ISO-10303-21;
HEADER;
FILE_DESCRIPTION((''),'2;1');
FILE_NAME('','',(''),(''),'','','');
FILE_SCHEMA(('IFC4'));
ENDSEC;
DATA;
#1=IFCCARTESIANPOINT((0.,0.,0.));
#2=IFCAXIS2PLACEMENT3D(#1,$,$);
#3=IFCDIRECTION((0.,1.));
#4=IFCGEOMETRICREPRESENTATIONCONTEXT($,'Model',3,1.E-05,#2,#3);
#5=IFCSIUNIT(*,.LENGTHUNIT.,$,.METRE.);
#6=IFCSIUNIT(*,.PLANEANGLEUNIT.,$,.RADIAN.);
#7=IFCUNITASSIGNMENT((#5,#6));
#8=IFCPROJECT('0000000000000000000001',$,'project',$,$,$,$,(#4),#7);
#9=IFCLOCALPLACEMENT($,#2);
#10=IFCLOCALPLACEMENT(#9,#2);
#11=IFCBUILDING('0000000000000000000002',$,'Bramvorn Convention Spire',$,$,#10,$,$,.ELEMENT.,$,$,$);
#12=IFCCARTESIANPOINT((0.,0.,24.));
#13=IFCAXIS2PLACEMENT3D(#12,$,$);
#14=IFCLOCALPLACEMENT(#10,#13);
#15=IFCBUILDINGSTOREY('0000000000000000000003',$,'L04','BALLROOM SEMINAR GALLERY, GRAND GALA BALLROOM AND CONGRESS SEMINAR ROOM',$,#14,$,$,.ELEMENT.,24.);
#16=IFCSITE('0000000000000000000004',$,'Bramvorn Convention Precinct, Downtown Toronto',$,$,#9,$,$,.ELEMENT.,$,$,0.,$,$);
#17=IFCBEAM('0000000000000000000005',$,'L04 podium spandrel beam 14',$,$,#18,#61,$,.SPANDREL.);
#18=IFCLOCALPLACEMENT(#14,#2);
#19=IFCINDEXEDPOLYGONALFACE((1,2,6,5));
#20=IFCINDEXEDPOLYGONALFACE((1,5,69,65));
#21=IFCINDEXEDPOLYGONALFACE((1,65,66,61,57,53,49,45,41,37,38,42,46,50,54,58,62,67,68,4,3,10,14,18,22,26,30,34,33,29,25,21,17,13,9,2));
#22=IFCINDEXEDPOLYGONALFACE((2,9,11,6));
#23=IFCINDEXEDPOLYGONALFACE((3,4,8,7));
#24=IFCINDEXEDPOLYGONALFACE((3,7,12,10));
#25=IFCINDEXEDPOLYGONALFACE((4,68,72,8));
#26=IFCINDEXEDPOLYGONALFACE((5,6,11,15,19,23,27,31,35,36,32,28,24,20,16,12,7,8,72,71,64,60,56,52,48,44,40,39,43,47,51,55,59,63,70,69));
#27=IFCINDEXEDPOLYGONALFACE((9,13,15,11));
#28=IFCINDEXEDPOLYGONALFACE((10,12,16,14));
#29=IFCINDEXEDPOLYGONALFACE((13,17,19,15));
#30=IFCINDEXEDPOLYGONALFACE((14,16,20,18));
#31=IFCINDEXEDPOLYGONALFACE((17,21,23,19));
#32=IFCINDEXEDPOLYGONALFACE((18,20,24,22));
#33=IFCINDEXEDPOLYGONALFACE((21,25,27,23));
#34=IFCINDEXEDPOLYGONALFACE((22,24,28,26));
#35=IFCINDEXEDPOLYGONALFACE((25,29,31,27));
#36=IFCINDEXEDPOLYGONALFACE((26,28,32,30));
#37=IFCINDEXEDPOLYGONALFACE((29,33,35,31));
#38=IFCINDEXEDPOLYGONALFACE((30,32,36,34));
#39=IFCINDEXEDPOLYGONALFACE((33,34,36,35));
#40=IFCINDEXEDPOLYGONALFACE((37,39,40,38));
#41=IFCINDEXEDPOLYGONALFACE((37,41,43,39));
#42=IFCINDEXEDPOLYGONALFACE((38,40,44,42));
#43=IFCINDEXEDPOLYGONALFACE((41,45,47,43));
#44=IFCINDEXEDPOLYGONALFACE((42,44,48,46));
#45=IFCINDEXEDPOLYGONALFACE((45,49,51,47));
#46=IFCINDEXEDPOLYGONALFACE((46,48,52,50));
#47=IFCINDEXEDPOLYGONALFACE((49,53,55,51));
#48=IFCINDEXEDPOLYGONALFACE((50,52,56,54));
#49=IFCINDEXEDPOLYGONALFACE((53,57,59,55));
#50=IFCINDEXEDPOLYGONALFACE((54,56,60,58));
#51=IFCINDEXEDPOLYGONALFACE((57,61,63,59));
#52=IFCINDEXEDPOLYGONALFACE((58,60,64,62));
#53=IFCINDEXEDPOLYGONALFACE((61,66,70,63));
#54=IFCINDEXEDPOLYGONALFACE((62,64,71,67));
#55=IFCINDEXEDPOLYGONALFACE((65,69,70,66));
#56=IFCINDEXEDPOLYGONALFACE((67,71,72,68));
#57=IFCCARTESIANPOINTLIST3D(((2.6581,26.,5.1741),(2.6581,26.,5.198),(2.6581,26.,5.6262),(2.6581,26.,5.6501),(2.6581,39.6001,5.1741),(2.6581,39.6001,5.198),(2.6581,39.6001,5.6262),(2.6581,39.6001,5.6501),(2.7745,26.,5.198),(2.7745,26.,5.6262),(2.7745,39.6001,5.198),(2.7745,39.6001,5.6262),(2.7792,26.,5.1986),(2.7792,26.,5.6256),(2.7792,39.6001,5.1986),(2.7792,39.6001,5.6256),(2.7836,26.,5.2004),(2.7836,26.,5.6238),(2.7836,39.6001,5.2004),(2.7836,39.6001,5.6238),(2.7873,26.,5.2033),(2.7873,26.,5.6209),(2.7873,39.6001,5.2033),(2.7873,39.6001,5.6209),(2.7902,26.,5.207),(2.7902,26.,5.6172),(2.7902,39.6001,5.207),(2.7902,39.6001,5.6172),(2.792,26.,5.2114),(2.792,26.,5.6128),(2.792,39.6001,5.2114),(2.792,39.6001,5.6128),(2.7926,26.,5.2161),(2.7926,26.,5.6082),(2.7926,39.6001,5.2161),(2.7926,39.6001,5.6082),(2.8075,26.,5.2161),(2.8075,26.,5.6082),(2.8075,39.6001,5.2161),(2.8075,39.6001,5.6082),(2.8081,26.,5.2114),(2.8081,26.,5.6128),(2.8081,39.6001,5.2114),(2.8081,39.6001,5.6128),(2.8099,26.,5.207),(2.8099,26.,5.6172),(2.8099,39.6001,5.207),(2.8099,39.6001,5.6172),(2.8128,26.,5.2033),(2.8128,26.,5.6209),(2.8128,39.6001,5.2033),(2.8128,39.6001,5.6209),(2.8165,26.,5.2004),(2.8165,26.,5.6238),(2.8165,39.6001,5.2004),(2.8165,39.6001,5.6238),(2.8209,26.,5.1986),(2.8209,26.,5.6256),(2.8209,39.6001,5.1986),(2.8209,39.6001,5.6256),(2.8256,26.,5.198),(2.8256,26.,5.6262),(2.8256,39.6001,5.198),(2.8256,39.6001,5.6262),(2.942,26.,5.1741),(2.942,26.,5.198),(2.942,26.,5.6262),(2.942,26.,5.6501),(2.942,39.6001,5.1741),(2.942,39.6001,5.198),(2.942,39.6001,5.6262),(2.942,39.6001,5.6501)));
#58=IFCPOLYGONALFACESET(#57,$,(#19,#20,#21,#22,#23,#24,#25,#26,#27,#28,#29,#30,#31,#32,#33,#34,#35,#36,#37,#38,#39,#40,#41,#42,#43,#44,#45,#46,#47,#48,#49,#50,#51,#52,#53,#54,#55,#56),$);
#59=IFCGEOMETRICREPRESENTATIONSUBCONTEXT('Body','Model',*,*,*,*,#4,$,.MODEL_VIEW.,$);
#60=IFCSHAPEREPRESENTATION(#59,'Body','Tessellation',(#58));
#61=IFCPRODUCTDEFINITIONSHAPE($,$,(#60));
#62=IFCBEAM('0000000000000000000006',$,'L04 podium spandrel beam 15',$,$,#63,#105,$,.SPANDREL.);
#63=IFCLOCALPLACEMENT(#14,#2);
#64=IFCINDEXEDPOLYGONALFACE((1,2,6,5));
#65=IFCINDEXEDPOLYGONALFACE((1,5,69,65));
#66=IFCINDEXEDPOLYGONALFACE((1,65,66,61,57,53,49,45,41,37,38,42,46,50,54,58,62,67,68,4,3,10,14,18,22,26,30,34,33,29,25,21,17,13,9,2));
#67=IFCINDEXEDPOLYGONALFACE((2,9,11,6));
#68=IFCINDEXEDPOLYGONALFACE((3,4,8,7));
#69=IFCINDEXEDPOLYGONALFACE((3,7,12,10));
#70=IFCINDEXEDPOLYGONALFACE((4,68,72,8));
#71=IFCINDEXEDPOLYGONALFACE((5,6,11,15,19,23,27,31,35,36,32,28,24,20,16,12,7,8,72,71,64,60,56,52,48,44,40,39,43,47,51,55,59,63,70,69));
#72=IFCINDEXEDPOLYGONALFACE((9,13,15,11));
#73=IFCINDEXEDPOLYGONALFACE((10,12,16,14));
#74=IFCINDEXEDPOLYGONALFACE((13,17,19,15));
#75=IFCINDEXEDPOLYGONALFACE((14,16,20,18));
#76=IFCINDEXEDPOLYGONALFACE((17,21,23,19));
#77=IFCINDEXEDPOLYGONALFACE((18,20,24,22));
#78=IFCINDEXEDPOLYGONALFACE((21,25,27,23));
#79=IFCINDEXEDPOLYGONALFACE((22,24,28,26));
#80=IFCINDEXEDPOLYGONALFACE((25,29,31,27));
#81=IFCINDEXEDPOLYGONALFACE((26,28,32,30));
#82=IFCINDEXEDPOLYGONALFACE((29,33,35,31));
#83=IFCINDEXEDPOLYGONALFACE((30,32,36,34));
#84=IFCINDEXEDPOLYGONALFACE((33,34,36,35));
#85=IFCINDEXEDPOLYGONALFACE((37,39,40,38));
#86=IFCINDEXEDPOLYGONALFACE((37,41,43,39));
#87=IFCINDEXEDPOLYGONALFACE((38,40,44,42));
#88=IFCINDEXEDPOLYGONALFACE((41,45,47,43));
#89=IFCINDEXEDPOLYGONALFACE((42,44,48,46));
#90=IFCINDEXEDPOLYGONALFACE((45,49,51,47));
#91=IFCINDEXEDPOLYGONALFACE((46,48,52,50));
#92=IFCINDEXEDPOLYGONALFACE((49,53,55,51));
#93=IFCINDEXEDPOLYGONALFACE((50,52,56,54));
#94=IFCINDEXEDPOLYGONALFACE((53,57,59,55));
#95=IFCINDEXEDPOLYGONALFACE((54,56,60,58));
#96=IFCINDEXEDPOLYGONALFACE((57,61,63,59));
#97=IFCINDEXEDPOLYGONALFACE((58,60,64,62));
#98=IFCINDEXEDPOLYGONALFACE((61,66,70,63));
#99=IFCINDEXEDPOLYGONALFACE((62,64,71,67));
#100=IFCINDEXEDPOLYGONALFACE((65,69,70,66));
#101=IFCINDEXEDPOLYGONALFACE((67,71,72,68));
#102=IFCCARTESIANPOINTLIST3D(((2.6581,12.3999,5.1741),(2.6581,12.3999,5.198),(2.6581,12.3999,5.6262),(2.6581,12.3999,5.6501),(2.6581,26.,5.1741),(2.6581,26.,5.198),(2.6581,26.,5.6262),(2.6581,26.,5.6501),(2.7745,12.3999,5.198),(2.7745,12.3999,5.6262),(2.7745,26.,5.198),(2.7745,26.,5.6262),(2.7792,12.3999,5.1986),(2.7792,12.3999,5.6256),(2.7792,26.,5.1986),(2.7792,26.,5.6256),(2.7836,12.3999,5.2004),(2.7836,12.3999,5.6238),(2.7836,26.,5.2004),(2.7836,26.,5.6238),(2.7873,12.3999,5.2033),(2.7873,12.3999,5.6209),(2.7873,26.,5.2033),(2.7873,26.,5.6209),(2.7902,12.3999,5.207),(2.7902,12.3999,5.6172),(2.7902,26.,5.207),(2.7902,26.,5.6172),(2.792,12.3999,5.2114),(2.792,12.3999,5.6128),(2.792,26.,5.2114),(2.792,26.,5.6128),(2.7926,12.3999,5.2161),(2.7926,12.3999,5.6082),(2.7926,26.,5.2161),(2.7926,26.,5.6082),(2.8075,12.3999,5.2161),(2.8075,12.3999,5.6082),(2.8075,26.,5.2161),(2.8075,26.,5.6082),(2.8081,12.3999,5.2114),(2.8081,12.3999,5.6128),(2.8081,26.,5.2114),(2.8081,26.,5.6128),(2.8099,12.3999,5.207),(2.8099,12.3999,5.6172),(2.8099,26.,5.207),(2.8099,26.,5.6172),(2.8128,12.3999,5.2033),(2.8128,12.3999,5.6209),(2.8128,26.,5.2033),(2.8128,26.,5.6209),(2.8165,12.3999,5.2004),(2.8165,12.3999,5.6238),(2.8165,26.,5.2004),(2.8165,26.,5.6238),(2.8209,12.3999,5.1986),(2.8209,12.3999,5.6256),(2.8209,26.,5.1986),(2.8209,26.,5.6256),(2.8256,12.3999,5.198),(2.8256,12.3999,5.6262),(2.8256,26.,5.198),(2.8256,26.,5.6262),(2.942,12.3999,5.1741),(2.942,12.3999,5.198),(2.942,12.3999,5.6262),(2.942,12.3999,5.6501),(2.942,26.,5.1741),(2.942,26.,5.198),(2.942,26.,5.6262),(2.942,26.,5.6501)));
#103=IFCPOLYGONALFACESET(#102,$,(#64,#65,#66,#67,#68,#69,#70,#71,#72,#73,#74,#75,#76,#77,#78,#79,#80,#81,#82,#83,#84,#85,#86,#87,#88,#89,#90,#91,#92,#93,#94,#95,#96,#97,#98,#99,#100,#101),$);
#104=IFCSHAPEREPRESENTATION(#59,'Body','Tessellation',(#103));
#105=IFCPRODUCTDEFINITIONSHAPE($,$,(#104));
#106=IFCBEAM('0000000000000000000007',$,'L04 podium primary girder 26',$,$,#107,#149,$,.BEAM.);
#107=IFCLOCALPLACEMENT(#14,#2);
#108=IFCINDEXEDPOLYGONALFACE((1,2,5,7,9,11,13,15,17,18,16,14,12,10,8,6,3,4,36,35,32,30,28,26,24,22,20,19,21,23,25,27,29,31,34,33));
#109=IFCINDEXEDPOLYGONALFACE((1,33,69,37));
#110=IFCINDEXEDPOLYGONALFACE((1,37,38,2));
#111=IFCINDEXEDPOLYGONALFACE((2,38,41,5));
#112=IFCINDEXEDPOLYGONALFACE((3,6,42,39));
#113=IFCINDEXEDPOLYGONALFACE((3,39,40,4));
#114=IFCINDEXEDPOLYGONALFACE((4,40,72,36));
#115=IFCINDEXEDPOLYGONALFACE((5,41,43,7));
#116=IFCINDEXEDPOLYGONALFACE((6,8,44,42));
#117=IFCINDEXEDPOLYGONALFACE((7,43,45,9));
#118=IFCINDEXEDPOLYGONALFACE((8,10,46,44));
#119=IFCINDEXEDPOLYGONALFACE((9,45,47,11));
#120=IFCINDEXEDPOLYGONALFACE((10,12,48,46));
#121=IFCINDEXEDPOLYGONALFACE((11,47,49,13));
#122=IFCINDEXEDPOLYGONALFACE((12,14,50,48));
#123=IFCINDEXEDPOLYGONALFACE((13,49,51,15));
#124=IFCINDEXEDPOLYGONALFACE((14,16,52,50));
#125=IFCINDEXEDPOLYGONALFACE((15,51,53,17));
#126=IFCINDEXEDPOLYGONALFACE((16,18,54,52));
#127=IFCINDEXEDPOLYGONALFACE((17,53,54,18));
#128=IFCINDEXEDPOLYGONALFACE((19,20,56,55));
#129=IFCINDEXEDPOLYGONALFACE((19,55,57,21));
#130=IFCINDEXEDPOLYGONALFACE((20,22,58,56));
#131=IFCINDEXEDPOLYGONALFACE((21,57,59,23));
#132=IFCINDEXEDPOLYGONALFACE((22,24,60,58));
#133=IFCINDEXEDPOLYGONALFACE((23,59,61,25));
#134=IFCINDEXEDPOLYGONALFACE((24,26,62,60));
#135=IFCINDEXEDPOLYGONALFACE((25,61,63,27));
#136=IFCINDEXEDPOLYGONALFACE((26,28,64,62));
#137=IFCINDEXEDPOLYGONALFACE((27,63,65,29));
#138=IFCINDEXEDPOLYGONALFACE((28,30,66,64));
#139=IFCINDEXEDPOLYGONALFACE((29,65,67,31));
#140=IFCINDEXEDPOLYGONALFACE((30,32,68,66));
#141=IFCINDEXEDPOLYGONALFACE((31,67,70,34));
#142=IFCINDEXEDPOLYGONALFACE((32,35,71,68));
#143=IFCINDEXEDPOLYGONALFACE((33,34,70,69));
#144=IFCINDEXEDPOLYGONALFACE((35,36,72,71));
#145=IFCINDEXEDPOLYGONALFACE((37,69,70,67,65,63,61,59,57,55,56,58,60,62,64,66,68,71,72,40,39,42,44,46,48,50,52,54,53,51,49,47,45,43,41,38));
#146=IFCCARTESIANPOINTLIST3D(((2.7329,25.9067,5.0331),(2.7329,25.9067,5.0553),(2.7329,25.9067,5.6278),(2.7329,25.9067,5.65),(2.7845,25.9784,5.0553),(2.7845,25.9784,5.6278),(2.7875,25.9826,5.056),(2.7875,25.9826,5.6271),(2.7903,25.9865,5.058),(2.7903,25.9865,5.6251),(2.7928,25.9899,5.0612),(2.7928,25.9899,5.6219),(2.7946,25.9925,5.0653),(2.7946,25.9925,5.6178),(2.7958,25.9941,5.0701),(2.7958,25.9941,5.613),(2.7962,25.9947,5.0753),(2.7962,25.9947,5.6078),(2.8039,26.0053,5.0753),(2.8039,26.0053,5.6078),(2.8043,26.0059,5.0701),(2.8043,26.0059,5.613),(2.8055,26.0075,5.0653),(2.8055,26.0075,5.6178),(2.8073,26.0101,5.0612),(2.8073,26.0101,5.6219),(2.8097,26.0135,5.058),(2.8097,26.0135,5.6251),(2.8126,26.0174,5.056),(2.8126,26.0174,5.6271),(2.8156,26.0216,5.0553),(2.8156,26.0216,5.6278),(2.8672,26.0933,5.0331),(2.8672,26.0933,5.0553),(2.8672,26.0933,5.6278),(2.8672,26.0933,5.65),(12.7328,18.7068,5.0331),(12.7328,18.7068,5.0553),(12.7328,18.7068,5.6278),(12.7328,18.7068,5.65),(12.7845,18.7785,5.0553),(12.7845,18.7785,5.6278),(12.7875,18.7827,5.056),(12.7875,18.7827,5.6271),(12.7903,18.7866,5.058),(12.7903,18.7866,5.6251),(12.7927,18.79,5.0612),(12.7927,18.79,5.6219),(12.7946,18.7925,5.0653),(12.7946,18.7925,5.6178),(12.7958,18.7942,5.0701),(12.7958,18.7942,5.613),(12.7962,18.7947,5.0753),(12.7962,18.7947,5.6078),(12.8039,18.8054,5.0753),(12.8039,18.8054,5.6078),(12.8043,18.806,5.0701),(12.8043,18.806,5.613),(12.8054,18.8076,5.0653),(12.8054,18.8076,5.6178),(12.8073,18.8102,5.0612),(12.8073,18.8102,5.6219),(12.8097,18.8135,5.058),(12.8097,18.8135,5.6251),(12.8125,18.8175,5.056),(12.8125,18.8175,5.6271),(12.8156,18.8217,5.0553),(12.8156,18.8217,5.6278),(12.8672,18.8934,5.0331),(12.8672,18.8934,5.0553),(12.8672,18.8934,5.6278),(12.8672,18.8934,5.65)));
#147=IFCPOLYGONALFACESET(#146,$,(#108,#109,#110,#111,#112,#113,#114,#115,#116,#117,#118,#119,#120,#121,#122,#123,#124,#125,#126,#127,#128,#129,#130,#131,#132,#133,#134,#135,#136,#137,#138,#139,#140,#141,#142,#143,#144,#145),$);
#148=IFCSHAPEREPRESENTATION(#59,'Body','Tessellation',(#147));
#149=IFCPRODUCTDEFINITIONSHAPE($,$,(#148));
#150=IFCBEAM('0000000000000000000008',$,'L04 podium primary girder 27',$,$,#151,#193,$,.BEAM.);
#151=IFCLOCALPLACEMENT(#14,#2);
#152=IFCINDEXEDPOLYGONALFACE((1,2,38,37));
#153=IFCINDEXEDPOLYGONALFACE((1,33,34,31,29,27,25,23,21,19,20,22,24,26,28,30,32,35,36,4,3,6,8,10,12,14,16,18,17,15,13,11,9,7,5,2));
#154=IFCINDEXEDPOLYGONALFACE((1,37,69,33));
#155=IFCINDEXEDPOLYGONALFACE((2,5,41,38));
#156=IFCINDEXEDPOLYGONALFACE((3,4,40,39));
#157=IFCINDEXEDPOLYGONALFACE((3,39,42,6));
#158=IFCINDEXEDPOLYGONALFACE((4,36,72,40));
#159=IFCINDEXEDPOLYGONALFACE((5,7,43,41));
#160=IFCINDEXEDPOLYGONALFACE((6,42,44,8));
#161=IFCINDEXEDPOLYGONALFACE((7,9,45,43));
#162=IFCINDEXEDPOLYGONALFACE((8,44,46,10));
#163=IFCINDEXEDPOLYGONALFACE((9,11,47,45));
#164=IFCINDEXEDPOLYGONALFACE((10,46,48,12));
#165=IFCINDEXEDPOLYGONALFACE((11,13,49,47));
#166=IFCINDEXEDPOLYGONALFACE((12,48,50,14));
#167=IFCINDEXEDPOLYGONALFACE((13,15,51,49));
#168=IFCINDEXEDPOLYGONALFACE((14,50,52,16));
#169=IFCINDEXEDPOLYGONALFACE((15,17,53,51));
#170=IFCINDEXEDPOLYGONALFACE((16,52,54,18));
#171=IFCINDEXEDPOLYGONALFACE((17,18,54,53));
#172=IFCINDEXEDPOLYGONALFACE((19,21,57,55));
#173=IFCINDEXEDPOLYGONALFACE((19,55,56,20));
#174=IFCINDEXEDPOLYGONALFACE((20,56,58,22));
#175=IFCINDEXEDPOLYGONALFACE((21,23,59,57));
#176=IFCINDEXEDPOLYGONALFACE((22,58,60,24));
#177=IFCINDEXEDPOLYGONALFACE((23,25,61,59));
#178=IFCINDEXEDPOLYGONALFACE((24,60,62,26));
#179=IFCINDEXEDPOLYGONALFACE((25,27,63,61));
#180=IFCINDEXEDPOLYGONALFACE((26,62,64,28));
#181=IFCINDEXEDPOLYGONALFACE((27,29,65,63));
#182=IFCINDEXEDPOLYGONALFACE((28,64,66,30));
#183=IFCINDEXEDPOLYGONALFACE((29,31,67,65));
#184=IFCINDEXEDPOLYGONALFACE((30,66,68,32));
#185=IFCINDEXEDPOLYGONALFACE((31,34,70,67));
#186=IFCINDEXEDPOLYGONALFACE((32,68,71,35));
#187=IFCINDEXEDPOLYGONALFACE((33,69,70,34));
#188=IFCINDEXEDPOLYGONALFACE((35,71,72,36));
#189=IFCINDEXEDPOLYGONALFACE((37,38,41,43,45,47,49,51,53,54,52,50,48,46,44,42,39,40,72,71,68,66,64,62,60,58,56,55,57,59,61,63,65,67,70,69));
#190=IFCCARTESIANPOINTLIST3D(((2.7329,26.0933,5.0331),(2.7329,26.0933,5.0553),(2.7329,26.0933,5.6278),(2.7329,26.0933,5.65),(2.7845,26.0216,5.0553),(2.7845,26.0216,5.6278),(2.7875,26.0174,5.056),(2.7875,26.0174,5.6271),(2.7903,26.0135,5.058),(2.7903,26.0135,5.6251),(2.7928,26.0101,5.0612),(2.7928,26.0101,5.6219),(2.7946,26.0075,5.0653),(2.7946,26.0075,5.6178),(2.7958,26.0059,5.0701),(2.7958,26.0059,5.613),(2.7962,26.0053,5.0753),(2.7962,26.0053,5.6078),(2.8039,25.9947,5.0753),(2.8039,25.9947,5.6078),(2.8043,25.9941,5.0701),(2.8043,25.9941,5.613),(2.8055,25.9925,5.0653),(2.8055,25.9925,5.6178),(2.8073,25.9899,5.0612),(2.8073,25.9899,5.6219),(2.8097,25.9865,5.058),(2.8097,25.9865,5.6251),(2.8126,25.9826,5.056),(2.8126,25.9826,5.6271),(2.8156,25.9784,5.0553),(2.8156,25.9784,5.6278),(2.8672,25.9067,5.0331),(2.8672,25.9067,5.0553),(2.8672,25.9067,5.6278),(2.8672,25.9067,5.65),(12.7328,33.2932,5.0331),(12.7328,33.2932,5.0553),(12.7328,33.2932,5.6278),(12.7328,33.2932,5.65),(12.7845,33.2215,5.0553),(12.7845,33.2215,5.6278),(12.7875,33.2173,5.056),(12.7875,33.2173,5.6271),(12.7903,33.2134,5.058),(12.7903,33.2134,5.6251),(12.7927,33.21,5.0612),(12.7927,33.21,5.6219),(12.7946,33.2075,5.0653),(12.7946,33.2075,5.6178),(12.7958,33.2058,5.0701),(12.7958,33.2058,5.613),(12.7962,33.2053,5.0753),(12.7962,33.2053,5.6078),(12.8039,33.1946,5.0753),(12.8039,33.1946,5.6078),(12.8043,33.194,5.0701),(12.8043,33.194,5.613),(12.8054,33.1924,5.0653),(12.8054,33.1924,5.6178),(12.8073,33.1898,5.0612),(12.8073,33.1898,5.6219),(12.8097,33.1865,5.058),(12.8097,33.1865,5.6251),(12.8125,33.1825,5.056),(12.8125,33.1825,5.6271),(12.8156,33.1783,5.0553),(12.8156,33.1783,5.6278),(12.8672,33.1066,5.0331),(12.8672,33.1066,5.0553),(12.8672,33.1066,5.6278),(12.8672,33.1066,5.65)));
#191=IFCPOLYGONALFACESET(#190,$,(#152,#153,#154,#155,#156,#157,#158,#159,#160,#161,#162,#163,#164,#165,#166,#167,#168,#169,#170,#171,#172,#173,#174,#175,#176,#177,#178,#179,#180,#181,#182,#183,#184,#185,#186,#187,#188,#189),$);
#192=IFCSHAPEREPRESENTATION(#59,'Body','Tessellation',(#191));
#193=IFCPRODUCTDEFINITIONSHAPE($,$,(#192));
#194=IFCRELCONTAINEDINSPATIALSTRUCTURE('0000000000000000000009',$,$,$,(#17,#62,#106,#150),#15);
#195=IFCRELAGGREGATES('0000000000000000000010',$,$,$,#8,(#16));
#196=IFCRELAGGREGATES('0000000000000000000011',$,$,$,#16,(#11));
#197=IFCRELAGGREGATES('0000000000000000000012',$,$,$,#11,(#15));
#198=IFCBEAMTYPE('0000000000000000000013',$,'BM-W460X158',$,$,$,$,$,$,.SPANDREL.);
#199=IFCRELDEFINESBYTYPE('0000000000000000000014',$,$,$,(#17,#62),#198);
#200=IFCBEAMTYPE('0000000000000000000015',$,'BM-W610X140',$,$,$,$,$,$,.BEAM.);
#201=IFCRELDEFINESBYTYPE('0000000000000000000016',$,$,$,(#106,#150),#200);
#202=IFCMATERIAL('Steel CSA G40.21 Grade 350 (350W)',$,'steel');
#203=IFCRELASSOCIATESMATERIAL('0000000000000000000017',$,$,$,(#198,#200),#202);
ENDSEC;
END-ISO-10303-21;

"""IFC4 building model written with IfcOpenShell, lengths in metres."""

from ifc_helpers import new_model, si_unit, direction, frame, origin, origin_2d, place, context, subcontext, project, spatial, i_section, extrude, material, material_profile, profile_set, type_object, element, save


model = new_model("IFC4")

# Units and contexts
model_context = context("Model", 3, precision=1e-05, world=origin(), true_north=direction((0.0, 1.0)))
body_context = subcontext(model_context, "Body", "Model", "MODEL_VIEW")
ifc_project = project(units=[si_unit("LENGTHUNIT", "METRE"), si_unit("PLANEANGLEUNIT", "RADIAN")], contexts=[model_context])

# Site, building, storey
site_placement = place(None, origin())
site = spatial("IfcSite", under=ifc_project, at=site_placement, Name="Bramvorn Convention Precinct, Downtown Toronto", CompositionType="ELEMENT", RefElevation=0.0)
building_placement = place(site_placement, origin())
building = spatial("IfcBuilding", under=site, at=building_placement, Name="Bramvorn Convention Spire", CompositionType="ELEMENT")
storey_placement = place(building_placement, frame((0.0, 0.0, 24.0)))
storey = spatial("IfcBuildingStorey", under=building, at=storey_placement, Name="L04", Description="BALLROOM SEMINAR GALLERY, GRAND GALA BALLROOM AND CONGRESS SEMINAR ROOM", CompositionType="ELEMENT", Elevation=24.0)

# Shared definitions
ifc_material_1 = material(Name="Steel CSA G40.21 Grade 350 (350W)", Category="steel")

# Beams
ifc_material_profile_1 = material_profile(ifc_material_1, i_section(OverallWidth=0.2839, OverallDepth=0.4761, WebThickness=0.0149, FlangeThickness=0.0239, FilletRadius=0.0181, at=origin_2d()))
ifc_profile_set_1 = profile_set([ifc_material_profile_1], Name="Steel CSA G40.21 Grade 350 (350W) - W460X158")
beam_type_1 = type_object("IfcBeamType", Name="BM-W460X158", PredefinedType="SPANDREL", material=ifc_profile_set_1)
for number, where, z_axis, x_axis, name in (
    (1, (2.8, 39.6001, 5.4121), (0.0, -1.0, 0.0), (1.0, 0.0, 0.0), "L04 podium spandrel beam 14"),
    (2, (2.8, 26.0, 5.4121), (0.0, -1.0, 0.0), (1.0, 0.0, 0.0), "L04 podium spandrel beam 15"),
):
    element("IfcBeam", number, at=place(storey_placement, frame(where, z_axis=z_axis, x_axis=x_axis)), inside=storey, type_object=beam_type_1, Name=name, PredefinedType="SPANDREL", context=body_context, shape_type="SweptSolid", body=[
        extrude(i_section(OverallWidth=0.2839, OverallDepth=0.4761, WebThickness=0.0149, FlangeThickness=0.0239, FilletRadius=0.0181, at=origin_2d()), origin(), (0.0, 0.0, 1.0), 13.6001),
    ])
ifc_material_profile_2 = material_profile(ifc_material_1, i_section(OverallWidth=0.23, OverallDepth=0.6169, WebThickness=0.0132, FlangeThickness=0.0222, FilletRadius=0.02, at=origin_2d()))
ifc_profile_set_2 = profile_set([ifc_material_profile_2], Name="Steel CSA G40.21 Grade 350 (350W) - W610X140")
beam_type_2 = type_object("IfcBeamType", Name="BM-W610X140", PredefinedType="BEAM", material=ifc_profile_set_2)
for number, where, z_axis, x_axis, name in (
    (3, (2.8, 26.0, 5.3416), (0.811536, -0.584302, 0.0), (0.584302, 0.811536, 0.0), "L04 podium primary girder 26"),
    (4, (2.8, 26.0, 5.3416), (0.811536, 0.584302, 0.0), (-0.584302, 0.811536, 0.0), "L04 podium primary girder 27"),
):
    element("IfcBeam", number, at=place(storey_placement, frame(where, z_axis=z_axis, x_axis=x_axis)), inside=storey, type_object=beam_type_2, Name=name, PredefinedType="BEAM", context=body_context, shape_type="SweptSolid", body=[
        extrude(i_section(OverallWidth=0.23, OverallDepth=0.6169, WebThickness=0.0132, FlangeThickness=0.0222, FilletRadius=0.02, at=origin_2d()), origin(), (0.0, 0.0, 1.0), 12.3223),
    ])

save(model, "model.ifc")
